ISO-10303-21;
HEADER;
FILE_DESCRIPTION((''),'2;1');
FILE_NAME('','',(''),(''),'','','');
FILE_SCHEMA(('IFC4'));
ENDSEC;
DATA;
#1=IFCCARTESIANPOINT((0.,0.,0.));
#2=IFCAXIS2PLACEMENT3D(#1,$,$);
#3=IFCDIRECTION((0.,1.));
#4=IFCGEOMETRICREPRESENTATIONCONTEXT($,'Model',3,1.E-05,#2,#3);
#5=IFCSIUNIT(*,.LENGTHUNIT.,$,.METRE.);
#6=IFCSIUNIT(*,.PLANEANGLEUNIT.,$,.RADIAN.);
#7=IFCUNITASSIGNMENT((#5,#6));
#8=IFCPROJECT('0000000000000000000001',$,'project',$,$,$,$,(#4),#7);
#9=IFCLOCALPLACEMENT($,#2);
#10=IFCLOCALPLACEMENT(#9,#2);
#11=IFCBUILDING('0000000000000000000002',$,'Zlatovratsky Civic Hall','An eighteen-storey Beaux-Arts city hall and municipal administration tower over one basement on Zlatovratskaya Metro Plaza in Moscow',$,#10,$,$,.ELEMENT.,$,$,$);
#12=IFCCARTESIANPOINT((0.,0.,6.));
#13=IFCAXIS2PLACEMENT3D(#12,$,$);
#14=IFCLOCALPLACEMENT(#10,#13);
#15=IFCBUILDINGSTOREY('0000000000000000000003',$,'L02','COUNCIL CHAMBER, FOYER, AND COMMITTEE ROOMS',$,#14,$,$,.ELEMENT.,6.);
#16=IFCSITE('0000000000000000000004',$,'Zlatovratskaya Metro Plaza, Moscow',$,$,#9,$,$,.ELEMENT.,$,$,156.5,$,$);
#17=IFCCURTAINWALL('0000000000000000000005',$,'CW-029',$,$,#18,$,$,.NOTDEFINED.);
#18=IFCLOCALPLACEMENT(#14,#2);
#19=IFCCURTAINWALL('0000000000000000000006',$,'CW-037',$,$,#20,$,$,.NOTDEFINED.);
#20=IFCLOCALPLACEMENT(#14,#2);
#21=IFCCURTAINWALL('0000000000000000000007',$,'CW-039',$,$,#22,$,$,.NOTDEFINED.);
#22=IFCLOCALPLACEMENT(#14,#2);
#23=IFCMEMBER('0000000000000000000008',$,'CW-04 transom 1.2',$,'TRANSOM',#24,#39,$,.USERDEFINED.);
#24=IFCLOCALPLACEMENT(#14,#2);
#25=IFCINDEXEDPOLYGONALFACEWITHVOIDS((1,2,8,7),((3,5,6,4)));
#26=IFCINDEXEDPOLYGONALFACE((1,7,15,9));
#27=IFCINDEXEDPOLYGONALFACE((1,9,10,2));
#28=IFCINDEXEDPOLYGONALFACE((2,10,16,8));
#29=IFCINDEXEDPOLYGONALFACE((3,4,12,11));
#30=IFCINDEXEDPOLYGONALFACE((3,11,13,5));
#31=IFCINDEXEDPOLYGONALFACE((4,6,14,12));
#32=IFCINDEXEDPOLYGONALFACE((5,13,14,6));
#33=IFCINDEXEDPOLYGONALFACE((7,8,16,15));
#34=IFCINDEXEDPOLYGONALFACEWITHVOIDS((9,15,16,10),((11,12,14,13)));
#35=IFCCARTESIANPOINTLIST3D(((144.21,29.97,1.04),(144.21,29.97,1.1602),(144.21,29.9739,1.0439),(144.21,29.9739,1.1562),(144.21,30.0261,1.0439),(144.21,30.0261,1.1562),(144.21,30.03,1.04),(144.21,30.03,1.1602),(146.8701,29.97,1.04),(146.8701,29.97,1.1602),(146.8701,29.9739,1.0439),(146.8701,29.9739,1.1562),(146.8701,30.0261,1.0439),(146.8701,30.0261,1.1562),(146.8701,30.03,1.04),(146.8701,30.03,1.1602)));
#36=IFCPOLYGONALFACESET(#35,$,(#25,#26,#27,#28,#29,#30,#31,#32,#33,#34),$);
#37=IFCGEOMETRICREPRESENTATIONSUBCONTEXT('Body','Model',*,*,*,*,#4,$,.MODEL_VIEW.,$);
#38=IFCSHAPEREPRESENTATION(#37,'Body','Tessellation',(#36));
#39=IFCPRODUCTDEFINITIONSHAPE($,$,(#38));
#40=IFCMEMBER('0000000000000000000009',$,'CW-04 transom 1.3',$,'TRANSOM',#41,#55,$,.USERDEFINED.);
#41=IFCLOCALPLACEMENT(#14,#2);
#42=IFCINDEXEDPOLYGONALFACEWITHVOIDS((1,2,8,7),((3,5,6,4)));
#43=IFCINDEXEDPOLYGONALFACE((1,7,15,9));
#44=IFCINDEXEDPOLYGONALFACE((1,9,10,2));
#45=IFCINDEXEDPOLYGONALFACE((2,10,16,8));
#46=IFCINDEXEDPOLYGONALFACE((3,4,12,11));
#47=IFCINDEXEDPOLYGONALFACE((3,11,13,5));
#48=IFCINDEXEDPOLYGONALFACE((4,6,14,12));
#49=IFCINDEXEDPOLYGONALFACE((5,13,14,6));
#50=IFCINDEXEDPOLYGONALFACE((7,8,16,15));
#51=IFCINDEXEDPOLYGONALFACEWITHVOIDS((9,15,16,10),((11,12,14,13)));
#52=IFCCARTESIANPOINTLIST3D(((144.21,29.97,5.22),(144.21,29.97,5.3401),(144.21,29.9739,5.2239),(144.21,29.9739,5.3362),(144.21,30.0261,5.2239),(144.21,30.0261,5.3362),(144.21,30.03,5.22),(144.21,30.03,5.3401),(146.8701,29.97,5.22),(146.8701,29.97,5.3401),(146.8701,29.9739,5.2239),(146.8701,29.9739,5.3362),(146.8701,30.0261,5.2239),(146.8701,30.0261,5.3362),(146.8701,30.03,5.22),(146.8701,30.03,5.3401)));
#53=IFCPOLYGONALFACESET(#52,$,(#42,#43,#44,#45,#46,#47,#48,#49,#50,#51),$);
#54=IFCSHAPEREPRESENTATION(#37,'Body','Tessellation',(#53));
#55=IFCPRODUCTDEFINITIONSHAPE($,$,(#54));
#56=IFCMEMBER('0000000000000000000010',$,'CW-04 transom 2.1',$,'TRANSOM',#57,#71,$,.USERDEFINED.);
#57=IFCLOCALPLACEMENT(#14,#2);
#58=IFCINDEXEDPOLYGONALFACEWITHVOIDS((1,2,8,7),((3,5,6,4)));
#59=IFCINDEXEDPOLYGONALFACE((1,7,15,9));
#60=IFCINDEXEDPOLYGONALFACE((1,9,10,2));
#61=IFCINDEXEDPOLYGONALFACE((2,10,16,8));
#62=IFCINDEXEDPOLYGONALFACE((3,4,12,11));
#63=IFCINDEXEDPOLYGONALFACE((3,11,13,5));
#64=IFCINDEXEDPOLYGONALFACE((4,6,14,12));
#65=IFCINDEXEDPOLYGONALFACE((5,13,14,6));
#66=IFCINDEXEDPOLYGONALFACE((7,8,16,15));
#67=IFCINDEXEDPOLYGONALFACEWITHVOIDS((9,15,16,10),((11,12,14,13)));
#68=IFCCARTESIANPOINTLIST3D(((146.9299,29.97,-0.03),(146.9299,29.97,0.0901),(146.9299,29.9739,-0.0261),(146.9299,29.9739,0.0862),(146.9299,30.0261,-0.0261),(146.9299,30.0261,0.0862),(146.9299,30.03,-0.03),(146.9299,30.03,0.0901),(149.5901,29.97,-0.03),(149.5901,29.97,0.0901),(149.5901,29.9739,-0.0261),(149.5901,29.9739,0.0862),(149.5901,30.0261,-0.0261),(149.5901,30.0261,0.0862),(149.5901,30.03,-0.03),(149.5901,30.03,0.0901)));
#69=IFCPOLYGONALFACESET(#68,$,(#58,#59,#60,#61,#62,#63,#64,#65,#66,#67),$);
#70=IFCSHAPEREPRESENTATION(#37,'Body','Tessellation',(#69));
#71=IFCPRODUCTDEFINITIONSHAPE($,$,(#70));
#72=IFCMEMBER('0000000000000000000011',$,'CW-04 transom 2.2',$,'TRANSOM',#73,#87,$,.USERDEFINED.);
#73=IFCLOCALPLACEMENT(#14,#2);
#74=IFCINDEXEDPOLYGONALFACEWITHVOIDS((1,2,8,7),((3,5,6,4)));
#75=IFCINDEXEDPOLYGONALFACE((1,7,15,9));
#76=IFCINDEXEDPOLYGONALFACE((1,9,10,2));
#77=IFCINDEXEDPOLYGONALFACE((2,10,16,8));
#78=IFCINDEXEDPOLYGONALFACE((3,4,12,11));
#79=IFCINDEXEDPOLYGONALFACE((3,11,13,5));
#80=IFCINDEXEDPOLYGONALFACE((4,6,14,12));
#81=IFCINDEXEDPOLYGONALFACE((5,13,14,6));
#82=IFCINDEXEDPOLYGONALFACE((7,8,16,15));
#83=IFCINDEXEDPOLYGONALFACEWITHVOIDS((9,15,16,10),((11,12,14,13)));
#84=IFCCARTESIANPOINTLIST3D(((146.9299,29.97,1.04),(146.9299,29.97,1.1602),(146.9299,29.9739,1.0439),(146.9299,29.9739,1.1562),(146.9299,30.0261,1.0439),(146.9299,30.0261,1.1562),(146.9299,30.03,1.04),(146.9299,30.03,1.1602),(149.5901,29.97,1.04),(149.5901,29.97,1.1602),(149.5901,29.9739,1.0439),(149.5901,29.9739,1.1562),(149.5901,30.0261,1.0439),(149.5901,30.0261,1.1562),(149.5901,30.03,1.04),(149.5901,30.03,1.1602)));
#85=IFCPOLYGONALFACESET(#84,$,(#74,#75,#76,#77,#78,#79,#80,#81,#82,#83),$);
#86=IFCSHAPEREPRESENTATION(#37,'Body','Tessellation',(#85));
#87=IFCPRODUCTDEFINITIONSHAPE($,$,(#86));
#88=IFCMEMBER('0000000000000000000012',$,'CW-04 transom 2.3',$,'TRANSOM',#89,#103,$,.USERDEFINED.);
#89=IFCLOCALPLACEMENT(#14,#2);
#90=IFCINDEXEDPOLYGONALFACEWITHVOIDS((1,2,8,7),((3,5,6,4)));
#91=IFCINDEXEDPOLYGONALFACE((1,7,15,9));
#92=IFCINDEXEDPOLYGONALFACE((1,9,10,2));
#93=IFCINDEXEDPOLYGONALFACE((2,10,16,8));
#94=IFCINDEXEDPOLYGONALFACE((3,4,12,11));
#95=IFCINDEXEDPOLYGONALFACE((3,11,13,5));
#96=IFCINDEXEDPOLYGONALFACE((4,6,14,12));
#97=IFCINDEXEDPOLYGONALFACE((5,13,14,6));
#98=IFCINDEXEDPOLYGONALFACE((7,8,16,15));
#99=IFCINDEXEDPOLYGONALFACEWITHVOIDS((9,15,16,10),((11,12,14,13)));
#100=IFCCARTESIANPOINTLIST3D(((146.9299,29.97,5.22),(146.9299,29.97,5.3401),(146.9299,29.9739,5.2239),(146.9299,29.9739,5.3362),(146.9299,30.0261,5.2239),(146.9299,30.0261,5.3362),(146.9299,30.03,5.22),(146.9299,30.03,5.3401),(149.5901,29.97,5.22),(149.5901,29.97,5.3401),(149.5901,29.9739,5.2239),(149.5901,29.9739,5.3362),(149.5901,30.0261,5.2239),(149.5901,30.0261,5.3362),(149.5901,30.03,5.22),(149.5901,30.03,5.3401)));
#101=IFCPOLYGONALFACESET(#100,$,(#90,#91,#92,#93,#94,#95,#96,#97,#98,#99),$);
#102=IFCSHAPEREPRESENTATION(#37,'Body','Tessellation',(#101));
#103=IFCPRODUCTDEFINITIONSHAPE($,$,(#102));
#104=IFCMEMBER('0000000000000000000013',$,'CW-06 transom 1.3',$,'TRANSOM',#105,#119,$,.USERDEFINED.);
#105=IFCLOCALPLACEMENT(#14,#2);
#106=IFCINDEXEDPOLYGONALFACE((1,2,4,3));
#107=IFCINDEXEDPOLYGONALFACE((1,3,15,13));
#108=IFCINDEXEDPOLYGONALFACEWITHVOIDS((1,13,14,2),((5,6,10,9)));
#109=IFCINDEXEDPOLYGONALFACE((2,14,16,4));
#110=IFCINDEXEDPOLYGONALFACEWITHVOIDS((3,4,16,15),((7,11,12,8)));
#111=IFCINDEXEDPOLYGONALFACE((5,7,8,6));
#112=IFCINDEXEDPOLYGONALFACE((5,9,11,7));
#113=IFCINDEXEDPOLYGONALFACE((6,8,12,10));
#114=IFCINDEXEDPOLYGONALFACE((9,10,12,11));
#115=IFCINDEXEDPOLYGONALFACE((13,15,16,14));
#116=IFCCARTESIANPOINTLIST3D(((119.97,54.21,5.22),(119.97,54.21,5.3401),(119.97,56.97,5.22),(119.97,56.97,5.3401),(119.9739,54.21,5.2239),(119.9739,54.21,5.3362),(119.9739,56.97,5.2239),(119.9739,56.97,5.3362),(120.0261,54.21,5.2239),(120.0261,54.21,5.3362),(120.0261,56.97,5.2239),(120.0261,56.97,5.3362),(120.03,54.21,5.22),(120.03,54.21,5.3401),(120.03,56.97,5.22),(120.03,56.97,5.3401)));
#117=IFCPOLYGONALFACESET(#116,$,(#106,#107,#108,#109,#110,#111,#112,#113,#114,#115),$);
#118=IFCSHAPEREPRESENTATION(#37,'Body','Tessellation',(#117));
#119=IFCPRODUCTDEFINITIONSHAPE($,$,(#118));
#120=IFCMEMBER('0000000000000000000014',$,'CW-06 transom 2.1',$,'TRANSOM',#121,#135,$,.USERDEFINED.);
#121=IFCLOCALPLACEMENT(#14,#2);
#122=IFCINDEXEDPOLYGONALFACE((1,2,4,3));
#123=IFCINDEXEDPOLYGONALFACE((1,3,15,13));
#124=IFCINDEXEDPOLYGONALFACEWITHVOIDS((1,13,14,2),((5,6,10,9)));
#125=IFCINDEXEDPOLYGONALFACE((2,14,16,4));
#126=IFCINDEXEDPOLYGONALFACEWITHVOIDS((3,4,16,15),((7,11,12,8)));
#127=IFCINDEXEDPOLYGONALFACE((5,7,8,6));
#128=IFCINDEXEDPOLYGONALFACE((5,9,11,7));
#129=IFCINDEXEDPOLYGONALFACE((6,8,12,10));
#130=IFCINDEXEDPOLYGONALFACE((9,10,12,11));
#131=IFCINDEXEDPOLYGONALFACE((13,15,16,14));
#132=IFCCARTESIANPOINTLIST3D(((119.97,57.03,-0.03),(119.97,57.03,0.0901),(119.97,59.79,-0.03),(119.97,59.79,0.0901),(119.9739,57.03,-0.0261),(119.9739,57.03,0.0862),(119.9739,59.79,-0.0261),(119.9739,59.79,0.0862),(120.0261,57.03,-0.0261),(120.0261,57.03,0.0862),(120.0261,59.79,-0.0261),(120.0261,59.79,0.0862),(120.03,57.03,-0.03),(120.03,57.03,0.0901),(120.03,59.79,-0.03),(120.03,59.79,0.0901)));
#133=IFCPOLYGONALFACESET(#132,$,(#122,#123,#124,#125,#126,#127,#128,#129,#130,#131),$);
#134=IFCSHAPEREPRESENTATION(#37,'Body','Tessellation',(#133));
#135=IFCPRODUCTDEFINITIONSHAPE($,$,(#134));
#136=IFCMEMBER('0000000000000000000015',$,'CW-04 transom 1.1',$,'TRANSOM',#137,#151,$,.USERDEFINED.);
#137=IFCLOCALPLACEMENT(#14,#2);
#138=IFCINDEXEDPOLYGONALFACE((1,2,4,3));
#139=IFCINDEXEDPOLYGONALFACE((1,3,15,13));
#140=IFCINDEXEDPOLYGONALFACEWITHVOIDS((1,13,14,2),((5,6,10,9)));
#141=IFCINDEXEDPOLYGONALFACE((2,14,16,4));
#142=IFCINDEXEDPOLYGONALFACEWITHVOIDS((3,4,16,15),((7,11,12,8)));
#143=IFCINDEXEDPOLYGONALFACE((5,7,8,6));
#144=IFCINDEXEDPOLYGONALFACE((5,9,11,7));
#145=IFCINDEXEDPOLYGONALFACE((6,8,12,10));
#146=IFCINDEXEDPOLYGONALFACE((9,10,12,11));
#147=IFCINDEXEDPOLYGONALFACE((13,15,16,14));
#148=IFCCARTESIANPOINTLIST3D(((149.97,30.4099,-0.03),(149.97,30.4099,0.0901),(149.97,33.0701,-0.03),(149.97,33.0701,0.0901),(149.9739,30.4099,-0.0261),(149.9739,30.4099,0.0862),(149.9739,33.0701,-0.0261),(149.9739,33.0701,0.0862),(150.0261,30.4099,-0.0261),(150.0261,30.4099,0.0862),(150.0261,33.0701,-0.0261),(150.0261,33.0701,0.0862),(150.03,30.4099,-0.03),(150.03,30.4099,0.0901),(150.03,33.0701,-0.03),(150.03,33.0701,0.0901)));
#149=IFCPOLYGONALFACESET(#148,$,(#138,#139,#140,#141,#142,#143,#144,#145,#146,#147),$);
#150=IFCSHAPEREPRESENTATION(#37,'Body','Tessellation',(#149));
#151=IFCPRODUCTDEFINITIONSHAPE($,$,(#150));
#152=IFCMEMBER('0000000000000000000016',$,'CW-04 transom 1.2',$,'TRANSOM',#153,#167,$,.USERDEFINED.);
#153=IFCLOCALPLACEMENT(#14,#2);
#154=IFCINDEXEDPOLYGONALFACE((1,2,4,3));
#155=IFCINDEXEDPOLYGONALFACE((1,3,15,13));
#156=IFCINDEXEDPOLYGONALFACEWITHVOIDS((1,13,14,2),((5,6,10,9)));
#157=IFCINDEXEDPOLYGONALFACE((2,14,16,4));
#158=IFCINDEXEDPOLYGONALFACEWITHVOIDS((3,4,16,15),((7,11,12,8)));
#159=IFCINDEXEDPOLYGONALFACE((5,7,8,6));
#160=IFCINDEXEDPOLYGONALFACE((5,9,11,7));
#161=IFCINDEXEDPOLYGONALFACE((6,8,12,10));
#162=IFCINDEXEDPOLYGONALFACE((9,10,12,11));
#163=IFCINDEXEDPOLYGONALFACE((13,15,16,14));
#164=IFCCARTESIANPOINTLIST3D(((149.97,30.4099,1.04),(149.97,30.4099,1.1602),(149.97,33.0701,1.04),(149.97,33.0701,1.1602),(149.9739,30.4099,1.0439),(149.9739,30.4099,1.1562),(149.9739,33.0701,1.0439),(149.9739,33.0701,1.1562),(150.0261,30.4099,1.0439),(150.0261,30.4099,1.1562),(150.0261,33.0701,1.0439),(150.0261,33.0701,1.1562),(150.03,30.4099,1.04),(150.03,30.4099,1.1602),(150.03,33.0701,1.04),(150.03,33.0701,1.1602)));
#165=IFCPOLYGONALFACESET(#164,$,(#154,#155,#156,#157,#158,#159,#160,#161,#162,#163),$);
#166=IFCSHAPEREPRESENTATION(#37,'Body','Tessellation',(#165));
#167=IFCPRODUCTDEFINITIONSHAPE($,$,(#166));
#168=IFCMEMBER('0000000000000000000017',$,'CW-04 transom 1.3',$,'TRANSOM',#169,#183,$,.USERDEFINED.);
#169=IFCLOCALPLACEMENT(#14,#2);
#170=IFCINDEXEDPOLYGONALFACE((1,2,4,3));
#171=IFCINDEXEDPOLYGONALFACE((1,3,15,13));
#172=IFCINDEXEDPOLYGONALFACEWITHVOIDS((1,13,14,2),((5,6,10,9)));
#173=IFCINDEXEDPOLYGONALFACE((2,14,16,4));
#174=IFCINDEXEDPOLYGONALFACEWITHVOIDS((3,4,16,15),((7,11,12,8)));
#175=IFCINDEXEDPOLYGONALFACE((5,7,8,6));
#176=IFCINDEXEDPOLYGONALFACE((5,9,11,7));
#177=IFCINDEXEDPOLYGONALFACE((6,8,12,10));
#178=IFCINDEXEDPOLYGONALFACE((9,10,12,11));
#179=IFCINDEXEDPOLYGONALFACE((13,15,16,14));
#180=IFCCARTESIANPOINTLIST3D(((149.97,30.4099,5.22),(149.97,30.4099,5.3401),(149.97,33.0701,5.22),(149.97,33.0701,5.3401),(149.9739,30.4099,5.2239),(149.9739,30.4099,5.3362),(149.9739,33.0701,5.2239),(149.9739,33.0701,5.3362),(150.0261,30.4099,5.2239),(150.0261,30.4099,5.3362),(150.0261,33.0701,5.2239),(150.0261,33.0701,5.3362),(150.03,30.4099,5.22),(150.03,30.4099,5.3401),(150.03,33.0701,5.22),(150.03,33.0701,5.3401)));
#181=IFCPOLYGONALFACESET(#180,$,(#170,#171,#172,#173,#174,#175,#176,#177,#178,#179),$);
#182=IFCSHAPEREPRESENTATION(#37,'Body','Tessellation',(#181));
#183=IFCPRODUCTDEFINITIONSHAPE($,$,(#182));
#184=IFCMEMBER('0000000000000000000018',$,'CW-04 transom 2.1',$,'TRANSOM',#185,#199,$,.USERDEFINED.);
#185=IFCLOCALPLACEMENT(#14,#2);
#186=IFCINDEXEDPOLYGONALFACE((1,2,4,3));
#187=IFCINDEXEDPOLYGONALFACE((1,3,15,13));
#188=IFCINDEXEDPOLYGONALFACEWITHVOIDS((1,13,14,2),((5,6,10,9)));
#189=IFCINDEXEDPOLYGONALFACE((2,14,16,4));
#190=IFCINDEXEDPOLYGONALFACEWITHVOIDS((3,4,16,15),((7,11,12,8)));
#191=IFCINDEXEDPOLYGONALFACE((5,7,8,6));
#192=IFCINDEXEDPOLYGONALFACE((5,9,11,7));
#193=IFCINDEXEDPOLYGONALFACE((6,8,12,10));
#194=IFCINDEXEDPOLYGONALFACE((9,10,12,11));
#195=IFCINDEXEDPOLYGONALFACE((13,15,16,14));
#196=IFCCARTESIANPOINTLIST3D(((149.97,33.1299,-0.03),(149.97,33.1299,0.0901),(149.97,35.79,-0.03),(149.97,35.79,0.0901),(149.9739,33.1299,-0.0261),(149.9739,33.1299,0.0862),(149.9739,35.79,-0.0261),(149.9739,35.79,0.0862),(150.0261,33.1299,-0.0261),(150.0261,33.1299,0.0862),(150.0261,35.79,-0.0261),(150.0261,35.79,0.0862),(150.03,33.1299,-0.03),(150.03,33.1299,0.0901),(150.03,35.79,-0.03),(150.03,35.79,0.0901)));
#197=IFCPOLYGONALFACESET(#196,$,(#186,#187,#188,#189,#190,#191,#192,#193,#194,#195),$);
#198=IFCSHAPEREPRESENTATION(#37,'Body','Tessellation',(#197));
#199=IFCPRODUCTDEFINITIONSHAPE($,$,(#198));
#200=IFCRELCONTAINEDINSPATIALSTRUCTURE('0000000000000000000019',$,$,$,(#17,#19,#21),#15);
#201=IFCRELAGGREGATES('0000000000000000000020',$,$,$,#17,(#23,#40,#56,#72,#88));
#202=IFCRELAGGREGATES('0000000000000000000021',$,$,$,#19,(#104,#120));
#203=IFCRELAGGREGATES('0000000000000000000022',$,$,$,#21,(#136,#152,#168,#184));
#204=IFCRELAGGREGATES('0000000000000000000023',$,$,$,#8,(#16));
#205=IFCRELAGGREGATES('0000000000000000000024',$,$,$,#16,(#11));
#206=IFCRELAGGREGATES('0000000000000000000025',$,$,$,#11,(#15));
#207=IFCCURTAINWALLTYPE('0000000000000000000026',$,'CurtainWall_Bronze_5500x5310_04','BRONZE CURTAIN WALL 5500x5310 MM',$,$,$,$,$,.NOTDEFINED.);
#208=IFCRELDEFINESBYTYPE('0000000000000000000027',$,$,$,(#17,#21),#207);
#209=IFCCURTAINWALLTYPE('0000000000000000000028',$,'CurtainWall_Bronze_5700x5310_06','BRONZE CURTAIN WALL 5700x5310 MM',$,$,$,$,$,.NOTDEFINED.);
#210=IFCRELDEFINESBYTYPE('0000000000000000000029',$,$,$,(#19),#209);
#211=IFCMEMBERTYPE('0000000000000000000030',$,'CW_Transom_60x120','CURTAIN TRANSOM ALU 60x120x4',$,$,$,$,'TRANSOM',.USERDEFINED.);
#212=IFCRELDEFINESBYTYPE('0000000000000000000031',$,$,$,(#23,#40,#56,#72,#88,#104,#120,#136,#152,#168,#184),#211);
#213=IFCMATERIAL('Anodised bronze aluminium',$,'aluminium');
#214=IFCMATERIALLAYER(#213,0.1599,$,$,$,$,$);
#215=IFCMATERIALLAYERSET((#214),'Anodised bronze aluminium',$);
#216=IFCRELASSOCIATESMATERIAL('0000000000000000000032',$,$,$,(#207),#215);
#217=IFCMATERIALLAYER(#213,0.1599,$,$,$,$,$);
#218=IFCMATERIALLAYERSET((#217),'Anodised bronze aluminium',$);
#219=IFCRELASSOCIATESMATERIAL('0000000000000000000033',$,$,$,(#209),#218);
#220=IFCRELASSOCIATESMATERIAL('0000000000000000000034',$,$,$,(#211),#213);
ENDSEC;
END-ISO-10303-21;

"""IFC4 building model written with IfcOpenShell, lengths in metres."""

from ifc_helpers import new_model, si_unit, direction, frame, origin, origin_2d, place, context, subcontext, project, spatial, hollow_rectangle, extrude, material, layer, layer_set, material_profile, profile_set, type_object, element, aggregate, save


model = new_model("IFC4")

# Units and contexts
model_context = context("Model", 3, precision=1e-05, world=origin(), true_north=direction((0.0, 1.0)))
body_context = subcontext(model_context, "Body", "Model", "MODEL_VIEW")
ifc_project = project(units=[si_unit("LENGTHUNIT", "METRE"), si_unit("PLANEANGLEUNIT", "RADIAN")], contexts=[model_context])

# Site, building, storey
site_placement = place(None, origin())
site = spatial("IfcSite", under=ifc_project, at=site_placement, Name="Zlatovratskaya Metro Plaza, Moscow", CompositionType="ELEMENT", RefElevation=156.5)
building_placement = place(site_placement, origin())
building = spatial("IfcBuilding", under=site, at=building_placement, Name="Zlatovratsky Civic Hall", Description="An eighteen-storey Beaux-Arts city hall and municipal administration tower over one basement on Zlatovratskaya Metro Plaza in Moscow", CompositionType="ELEMENT")
storey_placement = place(building_placement, frame((0.0, 0.0, 6.0)))
storey = spatial("IfcBuildingStorey", under=building, at=storey_placement, Name="L02", Description="COUNCIL CHAMBER, FOYER, AND COMMITTEE ROOMS", CompositionType="ELEMENT", Elevation=6.0)

# Curtain wall
ifc_material_1 = material(Name="Anodised bronze aluminium", Category="aluminium")
ifc_layer_1 = layer(ifc_material_1, 0.1599)
ifc_layer_set_1 = layer_set([ifc_layer_1], Name="Anodised bronze aluminium")
curtain_wall_type_1 = type_object("IfcCurtainWallType", Name="CurtainWall_Bronze_5500x5310_04", Description="BRONZE CURTAIN WALL 5500x5310 MM", PredefinedType="NOTDEFINED", material=ifc_layer_set_1)
curtain_wall_1_placement = place(storey_placement, origin())
curtain_wall_1 = element("IfcCurtainWall", 1, at=curtain_wall_1_placement, inside=storey, type_object=curtain_wall_type_1, Name="CW-029", PredefinedType="NOTDEFINED")

# Curtain wall
ifc_layer_2 = layer(ifc_material_1, 0.1599)
ifc_layer_set_2 = layer_set([ifc_layer_2], Name="Anodised bronze aluminium")
curtain_wall_type_2 = type_object("IfcCurtainWallType", Name="CurtainWall_Bronze_5700x5310_06", Description="BRONZE CURTAIN WALL 5700x5310 MM", PredefinedType="NOTDEFINED", material=ifc_layer_set_2)
curtain_wall_2_placement = place(storey_placement, origin())
curtain_wall_2 = element("IfcCurtainWall", 2, at=curtain_wall_2_placement, inside=storey, type_object=curtain_wall_type_2, Name="CW-037", PredefinedType="NOTDEFINED")

# Curtain wall
curtain_wall_3_placement = place(storey_placement, origin())
curtain_wall_3 = element("IfcCurtainWall", 3, at=curtain_wall_3_placement, inside=storey, type_object=curtain_wall_type_1, Name="CW-039", PredefinedType="NOTDEFINED")

# Members
ifc_material_profile_1 = material_profile(ifc_material_1, hollow_rectangle(XDim=0.0601, YDim=0.1201, WallThickness=0.0039, at=origin_2d()), Name="ALU 60x120x4")
ifc_profile_set_1 = profile_set([ifc_material_profile_1], Name="Anodised bronze aluminium")
member_type_1 = type_object("IfcMemberType", Name="CW_Transom_60x120", Description="CURTAIN TRANSOM ALU 60x120x4", ElementType="TRANSOM", PredefinedType="USERDEFINED", material=ifc_profile_set_1)
member_1_placement = place(storey_placement, frame((144.21, 30.0, 1.1001), z_axis=(1.0, 0.0, 0.0), x_axis=(0.0, 1.0, 0.0)))
member_1 = element("IfcMember", 4, at=member_1_placement, type_object=member_type_1, Name="CW-04 transom 1.2", ObjectType="TRANSOM", PredefinedType="USERDEFINED", context=body_context, shape_type="SweptSolid", body=[
    extrude(hollow_rectangle(XDim=0.0601, YDim=0.1201, WallThickness=0.0039, at=origin_2d()), origin(), (0.0, 0.0, 1.0), 2.6602),
])
member_2_placement = place(storey_placement, frame((144.21, 30.0, 5.28), z_axis=(1.0, 0.0, 0.0), x_axis=(0.0, 1.0, 0.0)))
member_2 = element("IfcMember", 5, at=member_2_placement, type_object=member_type_1, Name="CW-04 transom 1.3", ObjectType="TRANSOM", PredefinedType="USERDEFINED", context=body_context, shape_type="SweptSolid", body=[
    extrude(hollow_rectangle(XDim=0.0601, YDim=0.1201, WallThickness=0.0039, at=origin_2d()), origin(), (0.0, 0.0, 1.0), 2.6602),
])
member_3_placement = place(storey_placement, frame((146.9299, 30.0, 0.03), z_axis=(1.0, 0.0, 0.0), x_axis=(0.0, 1.0, 0.0)))
member_3 = element("IfcMember", 6, at=member_3_placement, type_object=member_type_1, Name="CW-04 transom 2.1", ObjectType="TRANSOM", PredefinedType="USERDEFINED", context=body_context, shape_type="SweptSolid", body=[
    extrude(hollow_rectangle(XDim=0.0601, YDim=0.1201, WallThickness=0.0039, at=origin_2d()), origin(), (0.0, 0.0, 1.0), 2.6602),
])
member_4_placement = place(storey_placement, frame((146.9299, 30.0, 1.1001), z_axis=(1.0, 0.0, 0.0), x_axis=(0.0, 1.0, 0.0)))
member_4 = element("IfcMember", 7, at=member_4_placement, type_object=member_type_1, Name="CW-04 transom 2.2", ObjectType="TRANSOM", PredefinedType="USERDEFINED", context=body_context, shape_type="SweptSolid", body=[
    extrude(hollow_rectangle(XDim=0.0601, YDim=0.1201, WallThickness=0.0039, at=origin_2d()), origin(), (0.0, 0.0, 1.0), 2.6602),
])
member_5_placement = place(storey_placement, frame((146.9299, 30.0, 5.28), z_axis=(1.0, 0.0, 0.0), x_axis=(0.0, 1.0, 0.0)))
member_5 = element("IfcMember", 8, at=member_5_placement, type_object=member_type_1, Name="CW-04 transom 2.3", ObjectType="TRANSOM", PredefinedType="USERDEFINED", context=body_context, shape_type="SweptSolid", body=[
    extrude(hollow_rectangle(XDim=0.0601, YDim=0.1201, WallThickness=0.0039, at=origin_2d()), origin(), (0.0, 0.0, 1.0), 2.6602),
])
member_6_placement = place(storey_placement, frame((120.0, 54.21, 5.28), z_axis=(0.0, 1.0, 0.0), x_axis=(-1.0, 0.0, 0.0)))
member_6 = element("IfcMember", 9, at=member_6_placement, type_object=member_type_1, Name="CW-06 transom 1.3", ObjectType="TRANSOM", PredefinedType="USERDEFINED", context=body_context, shape_type="SweptSolid", body=[
    extrude(hollow_rectangle(XDim=0.0601, YDim=0.1201, WallThickness=0.0039, at=origin_2d()), origin(), (0.0, 0.0, 1.0), 2.76),
])
member_7_placement = place(storey_placement, frame((120.0, 57.03, 0.03), z_axis=(0.0, 1.0, 0.0), x_axis=(-1.0, 0.0, 0.0)))
member_7 = element("IfcMember", 10, at=member_7_placement, type_object=member_type_1, Name="CW-06 transom 2.1", ObjectType="TRANSOM", PredefinedType="USERDEFINED", context=body_context, shape_type="SweptSolid", body=[
    extrude(hollow_rectangle(XDim=0.0601, YDim=0.1201, WallThickness=0.0039, at=origin_2d()), origin(), (0.0, 0.0, 1.0), 2.76),
])
member_8_placement = place(storey_placement, frame((150.0, 30.4099, 0.03), z_axis=(0.0, 1.0, 0.0), x_axis=(-1.0, 0.0, 0.0)))
member_8 = element("IfcMember", 11, at=member_8_placement, type_object=member_type_1, Name="CW-04 transom 1.1", ObjectType="TRANSOM", PredefinedType="USERDEFINED", context=body_context, shape_type="SweptSolid", body=[
    extrude(hollow_rectangle(XDim=0.0601, YDim=0.1201, WallThickness=0.0039, at=origin_2d()), origin(), (0.0, 0.0, 1.0), 2.6602),
])
member_9_placement = place(storey_placement, frame((150.0, 30.4099, 1.1001), z_axis=(0.0, 1.0, 0.0), x_axis=(-1.0, 0.0, 0.0)))
member_9 = element("IfcMember", 12, at=member_9_placement, type_object=member_type_1, Name="CW-04 transom 1.2", ObjectType="TRANSOM", PredefinedType="USERDEFINED", context=body_context, shape_type="SweptSolid", body=[
    extrude(hollow_rectangle(XDim=0.0601, YDim=0.1201, WallThickness=0.0039, at=origin_2d()), origin(), (0.0, 0.0, 1.0), 2.6602),
])
member_10_placement = place(storey_placement, frame((150.0, 30.4099, 5.28), z_axis=(0.0, 1.0, 0.0), x_axis=(-1.0, 0.0, 0.0)))
member_10 = element("IfcMember", 13, at=member_10_placement, type_object=member_type_1, Name="CW-04 transom 1.3", ObjectType="TRANSOM", PredefinedType="USERDEFINED", context=body_context, shape_type="SweptSolid", body=[
    extrude(hollow_rectangle(XDim=0.0601, YDim=0.1201, WallThickness=0.0039, at=origin_2d()), origin(), (0.0, 0.0, 1.0), 2.6602),
])
member_11_placement = place(storey_placement, frame((150.0, 33.1299, 0.03), z_axis=(0.0, 1.0, 0.0), x_axis=(-1.0, 0.0, 0.0)))
member_11 = element("IfcMember", 14, at=member_11_placement, type_object=member_type_1, Name="CW-04 transom 2.1", ObjectType="TRANSOM", PredefinedType="USERDEFINED", context=body_context, shape_type="SweptSolid", body=[
    extrude(hollow_rectangle(XDim=0.0601, YDim=0.1201, WallThickness=0.0039, at=origin_2d()), origin(), (0.0, 0.0, 1.0), 2.6602),
])

aggregate(curtain_wall_1, [member_1, member_2, member_3, member_4, member_5])
aggregate(curtain_wall_2, [member_6, member_7])
aggregate(curtain_wall_3, [member_8, member_9, member_10, member_11])

save(model, "model.ifc")
